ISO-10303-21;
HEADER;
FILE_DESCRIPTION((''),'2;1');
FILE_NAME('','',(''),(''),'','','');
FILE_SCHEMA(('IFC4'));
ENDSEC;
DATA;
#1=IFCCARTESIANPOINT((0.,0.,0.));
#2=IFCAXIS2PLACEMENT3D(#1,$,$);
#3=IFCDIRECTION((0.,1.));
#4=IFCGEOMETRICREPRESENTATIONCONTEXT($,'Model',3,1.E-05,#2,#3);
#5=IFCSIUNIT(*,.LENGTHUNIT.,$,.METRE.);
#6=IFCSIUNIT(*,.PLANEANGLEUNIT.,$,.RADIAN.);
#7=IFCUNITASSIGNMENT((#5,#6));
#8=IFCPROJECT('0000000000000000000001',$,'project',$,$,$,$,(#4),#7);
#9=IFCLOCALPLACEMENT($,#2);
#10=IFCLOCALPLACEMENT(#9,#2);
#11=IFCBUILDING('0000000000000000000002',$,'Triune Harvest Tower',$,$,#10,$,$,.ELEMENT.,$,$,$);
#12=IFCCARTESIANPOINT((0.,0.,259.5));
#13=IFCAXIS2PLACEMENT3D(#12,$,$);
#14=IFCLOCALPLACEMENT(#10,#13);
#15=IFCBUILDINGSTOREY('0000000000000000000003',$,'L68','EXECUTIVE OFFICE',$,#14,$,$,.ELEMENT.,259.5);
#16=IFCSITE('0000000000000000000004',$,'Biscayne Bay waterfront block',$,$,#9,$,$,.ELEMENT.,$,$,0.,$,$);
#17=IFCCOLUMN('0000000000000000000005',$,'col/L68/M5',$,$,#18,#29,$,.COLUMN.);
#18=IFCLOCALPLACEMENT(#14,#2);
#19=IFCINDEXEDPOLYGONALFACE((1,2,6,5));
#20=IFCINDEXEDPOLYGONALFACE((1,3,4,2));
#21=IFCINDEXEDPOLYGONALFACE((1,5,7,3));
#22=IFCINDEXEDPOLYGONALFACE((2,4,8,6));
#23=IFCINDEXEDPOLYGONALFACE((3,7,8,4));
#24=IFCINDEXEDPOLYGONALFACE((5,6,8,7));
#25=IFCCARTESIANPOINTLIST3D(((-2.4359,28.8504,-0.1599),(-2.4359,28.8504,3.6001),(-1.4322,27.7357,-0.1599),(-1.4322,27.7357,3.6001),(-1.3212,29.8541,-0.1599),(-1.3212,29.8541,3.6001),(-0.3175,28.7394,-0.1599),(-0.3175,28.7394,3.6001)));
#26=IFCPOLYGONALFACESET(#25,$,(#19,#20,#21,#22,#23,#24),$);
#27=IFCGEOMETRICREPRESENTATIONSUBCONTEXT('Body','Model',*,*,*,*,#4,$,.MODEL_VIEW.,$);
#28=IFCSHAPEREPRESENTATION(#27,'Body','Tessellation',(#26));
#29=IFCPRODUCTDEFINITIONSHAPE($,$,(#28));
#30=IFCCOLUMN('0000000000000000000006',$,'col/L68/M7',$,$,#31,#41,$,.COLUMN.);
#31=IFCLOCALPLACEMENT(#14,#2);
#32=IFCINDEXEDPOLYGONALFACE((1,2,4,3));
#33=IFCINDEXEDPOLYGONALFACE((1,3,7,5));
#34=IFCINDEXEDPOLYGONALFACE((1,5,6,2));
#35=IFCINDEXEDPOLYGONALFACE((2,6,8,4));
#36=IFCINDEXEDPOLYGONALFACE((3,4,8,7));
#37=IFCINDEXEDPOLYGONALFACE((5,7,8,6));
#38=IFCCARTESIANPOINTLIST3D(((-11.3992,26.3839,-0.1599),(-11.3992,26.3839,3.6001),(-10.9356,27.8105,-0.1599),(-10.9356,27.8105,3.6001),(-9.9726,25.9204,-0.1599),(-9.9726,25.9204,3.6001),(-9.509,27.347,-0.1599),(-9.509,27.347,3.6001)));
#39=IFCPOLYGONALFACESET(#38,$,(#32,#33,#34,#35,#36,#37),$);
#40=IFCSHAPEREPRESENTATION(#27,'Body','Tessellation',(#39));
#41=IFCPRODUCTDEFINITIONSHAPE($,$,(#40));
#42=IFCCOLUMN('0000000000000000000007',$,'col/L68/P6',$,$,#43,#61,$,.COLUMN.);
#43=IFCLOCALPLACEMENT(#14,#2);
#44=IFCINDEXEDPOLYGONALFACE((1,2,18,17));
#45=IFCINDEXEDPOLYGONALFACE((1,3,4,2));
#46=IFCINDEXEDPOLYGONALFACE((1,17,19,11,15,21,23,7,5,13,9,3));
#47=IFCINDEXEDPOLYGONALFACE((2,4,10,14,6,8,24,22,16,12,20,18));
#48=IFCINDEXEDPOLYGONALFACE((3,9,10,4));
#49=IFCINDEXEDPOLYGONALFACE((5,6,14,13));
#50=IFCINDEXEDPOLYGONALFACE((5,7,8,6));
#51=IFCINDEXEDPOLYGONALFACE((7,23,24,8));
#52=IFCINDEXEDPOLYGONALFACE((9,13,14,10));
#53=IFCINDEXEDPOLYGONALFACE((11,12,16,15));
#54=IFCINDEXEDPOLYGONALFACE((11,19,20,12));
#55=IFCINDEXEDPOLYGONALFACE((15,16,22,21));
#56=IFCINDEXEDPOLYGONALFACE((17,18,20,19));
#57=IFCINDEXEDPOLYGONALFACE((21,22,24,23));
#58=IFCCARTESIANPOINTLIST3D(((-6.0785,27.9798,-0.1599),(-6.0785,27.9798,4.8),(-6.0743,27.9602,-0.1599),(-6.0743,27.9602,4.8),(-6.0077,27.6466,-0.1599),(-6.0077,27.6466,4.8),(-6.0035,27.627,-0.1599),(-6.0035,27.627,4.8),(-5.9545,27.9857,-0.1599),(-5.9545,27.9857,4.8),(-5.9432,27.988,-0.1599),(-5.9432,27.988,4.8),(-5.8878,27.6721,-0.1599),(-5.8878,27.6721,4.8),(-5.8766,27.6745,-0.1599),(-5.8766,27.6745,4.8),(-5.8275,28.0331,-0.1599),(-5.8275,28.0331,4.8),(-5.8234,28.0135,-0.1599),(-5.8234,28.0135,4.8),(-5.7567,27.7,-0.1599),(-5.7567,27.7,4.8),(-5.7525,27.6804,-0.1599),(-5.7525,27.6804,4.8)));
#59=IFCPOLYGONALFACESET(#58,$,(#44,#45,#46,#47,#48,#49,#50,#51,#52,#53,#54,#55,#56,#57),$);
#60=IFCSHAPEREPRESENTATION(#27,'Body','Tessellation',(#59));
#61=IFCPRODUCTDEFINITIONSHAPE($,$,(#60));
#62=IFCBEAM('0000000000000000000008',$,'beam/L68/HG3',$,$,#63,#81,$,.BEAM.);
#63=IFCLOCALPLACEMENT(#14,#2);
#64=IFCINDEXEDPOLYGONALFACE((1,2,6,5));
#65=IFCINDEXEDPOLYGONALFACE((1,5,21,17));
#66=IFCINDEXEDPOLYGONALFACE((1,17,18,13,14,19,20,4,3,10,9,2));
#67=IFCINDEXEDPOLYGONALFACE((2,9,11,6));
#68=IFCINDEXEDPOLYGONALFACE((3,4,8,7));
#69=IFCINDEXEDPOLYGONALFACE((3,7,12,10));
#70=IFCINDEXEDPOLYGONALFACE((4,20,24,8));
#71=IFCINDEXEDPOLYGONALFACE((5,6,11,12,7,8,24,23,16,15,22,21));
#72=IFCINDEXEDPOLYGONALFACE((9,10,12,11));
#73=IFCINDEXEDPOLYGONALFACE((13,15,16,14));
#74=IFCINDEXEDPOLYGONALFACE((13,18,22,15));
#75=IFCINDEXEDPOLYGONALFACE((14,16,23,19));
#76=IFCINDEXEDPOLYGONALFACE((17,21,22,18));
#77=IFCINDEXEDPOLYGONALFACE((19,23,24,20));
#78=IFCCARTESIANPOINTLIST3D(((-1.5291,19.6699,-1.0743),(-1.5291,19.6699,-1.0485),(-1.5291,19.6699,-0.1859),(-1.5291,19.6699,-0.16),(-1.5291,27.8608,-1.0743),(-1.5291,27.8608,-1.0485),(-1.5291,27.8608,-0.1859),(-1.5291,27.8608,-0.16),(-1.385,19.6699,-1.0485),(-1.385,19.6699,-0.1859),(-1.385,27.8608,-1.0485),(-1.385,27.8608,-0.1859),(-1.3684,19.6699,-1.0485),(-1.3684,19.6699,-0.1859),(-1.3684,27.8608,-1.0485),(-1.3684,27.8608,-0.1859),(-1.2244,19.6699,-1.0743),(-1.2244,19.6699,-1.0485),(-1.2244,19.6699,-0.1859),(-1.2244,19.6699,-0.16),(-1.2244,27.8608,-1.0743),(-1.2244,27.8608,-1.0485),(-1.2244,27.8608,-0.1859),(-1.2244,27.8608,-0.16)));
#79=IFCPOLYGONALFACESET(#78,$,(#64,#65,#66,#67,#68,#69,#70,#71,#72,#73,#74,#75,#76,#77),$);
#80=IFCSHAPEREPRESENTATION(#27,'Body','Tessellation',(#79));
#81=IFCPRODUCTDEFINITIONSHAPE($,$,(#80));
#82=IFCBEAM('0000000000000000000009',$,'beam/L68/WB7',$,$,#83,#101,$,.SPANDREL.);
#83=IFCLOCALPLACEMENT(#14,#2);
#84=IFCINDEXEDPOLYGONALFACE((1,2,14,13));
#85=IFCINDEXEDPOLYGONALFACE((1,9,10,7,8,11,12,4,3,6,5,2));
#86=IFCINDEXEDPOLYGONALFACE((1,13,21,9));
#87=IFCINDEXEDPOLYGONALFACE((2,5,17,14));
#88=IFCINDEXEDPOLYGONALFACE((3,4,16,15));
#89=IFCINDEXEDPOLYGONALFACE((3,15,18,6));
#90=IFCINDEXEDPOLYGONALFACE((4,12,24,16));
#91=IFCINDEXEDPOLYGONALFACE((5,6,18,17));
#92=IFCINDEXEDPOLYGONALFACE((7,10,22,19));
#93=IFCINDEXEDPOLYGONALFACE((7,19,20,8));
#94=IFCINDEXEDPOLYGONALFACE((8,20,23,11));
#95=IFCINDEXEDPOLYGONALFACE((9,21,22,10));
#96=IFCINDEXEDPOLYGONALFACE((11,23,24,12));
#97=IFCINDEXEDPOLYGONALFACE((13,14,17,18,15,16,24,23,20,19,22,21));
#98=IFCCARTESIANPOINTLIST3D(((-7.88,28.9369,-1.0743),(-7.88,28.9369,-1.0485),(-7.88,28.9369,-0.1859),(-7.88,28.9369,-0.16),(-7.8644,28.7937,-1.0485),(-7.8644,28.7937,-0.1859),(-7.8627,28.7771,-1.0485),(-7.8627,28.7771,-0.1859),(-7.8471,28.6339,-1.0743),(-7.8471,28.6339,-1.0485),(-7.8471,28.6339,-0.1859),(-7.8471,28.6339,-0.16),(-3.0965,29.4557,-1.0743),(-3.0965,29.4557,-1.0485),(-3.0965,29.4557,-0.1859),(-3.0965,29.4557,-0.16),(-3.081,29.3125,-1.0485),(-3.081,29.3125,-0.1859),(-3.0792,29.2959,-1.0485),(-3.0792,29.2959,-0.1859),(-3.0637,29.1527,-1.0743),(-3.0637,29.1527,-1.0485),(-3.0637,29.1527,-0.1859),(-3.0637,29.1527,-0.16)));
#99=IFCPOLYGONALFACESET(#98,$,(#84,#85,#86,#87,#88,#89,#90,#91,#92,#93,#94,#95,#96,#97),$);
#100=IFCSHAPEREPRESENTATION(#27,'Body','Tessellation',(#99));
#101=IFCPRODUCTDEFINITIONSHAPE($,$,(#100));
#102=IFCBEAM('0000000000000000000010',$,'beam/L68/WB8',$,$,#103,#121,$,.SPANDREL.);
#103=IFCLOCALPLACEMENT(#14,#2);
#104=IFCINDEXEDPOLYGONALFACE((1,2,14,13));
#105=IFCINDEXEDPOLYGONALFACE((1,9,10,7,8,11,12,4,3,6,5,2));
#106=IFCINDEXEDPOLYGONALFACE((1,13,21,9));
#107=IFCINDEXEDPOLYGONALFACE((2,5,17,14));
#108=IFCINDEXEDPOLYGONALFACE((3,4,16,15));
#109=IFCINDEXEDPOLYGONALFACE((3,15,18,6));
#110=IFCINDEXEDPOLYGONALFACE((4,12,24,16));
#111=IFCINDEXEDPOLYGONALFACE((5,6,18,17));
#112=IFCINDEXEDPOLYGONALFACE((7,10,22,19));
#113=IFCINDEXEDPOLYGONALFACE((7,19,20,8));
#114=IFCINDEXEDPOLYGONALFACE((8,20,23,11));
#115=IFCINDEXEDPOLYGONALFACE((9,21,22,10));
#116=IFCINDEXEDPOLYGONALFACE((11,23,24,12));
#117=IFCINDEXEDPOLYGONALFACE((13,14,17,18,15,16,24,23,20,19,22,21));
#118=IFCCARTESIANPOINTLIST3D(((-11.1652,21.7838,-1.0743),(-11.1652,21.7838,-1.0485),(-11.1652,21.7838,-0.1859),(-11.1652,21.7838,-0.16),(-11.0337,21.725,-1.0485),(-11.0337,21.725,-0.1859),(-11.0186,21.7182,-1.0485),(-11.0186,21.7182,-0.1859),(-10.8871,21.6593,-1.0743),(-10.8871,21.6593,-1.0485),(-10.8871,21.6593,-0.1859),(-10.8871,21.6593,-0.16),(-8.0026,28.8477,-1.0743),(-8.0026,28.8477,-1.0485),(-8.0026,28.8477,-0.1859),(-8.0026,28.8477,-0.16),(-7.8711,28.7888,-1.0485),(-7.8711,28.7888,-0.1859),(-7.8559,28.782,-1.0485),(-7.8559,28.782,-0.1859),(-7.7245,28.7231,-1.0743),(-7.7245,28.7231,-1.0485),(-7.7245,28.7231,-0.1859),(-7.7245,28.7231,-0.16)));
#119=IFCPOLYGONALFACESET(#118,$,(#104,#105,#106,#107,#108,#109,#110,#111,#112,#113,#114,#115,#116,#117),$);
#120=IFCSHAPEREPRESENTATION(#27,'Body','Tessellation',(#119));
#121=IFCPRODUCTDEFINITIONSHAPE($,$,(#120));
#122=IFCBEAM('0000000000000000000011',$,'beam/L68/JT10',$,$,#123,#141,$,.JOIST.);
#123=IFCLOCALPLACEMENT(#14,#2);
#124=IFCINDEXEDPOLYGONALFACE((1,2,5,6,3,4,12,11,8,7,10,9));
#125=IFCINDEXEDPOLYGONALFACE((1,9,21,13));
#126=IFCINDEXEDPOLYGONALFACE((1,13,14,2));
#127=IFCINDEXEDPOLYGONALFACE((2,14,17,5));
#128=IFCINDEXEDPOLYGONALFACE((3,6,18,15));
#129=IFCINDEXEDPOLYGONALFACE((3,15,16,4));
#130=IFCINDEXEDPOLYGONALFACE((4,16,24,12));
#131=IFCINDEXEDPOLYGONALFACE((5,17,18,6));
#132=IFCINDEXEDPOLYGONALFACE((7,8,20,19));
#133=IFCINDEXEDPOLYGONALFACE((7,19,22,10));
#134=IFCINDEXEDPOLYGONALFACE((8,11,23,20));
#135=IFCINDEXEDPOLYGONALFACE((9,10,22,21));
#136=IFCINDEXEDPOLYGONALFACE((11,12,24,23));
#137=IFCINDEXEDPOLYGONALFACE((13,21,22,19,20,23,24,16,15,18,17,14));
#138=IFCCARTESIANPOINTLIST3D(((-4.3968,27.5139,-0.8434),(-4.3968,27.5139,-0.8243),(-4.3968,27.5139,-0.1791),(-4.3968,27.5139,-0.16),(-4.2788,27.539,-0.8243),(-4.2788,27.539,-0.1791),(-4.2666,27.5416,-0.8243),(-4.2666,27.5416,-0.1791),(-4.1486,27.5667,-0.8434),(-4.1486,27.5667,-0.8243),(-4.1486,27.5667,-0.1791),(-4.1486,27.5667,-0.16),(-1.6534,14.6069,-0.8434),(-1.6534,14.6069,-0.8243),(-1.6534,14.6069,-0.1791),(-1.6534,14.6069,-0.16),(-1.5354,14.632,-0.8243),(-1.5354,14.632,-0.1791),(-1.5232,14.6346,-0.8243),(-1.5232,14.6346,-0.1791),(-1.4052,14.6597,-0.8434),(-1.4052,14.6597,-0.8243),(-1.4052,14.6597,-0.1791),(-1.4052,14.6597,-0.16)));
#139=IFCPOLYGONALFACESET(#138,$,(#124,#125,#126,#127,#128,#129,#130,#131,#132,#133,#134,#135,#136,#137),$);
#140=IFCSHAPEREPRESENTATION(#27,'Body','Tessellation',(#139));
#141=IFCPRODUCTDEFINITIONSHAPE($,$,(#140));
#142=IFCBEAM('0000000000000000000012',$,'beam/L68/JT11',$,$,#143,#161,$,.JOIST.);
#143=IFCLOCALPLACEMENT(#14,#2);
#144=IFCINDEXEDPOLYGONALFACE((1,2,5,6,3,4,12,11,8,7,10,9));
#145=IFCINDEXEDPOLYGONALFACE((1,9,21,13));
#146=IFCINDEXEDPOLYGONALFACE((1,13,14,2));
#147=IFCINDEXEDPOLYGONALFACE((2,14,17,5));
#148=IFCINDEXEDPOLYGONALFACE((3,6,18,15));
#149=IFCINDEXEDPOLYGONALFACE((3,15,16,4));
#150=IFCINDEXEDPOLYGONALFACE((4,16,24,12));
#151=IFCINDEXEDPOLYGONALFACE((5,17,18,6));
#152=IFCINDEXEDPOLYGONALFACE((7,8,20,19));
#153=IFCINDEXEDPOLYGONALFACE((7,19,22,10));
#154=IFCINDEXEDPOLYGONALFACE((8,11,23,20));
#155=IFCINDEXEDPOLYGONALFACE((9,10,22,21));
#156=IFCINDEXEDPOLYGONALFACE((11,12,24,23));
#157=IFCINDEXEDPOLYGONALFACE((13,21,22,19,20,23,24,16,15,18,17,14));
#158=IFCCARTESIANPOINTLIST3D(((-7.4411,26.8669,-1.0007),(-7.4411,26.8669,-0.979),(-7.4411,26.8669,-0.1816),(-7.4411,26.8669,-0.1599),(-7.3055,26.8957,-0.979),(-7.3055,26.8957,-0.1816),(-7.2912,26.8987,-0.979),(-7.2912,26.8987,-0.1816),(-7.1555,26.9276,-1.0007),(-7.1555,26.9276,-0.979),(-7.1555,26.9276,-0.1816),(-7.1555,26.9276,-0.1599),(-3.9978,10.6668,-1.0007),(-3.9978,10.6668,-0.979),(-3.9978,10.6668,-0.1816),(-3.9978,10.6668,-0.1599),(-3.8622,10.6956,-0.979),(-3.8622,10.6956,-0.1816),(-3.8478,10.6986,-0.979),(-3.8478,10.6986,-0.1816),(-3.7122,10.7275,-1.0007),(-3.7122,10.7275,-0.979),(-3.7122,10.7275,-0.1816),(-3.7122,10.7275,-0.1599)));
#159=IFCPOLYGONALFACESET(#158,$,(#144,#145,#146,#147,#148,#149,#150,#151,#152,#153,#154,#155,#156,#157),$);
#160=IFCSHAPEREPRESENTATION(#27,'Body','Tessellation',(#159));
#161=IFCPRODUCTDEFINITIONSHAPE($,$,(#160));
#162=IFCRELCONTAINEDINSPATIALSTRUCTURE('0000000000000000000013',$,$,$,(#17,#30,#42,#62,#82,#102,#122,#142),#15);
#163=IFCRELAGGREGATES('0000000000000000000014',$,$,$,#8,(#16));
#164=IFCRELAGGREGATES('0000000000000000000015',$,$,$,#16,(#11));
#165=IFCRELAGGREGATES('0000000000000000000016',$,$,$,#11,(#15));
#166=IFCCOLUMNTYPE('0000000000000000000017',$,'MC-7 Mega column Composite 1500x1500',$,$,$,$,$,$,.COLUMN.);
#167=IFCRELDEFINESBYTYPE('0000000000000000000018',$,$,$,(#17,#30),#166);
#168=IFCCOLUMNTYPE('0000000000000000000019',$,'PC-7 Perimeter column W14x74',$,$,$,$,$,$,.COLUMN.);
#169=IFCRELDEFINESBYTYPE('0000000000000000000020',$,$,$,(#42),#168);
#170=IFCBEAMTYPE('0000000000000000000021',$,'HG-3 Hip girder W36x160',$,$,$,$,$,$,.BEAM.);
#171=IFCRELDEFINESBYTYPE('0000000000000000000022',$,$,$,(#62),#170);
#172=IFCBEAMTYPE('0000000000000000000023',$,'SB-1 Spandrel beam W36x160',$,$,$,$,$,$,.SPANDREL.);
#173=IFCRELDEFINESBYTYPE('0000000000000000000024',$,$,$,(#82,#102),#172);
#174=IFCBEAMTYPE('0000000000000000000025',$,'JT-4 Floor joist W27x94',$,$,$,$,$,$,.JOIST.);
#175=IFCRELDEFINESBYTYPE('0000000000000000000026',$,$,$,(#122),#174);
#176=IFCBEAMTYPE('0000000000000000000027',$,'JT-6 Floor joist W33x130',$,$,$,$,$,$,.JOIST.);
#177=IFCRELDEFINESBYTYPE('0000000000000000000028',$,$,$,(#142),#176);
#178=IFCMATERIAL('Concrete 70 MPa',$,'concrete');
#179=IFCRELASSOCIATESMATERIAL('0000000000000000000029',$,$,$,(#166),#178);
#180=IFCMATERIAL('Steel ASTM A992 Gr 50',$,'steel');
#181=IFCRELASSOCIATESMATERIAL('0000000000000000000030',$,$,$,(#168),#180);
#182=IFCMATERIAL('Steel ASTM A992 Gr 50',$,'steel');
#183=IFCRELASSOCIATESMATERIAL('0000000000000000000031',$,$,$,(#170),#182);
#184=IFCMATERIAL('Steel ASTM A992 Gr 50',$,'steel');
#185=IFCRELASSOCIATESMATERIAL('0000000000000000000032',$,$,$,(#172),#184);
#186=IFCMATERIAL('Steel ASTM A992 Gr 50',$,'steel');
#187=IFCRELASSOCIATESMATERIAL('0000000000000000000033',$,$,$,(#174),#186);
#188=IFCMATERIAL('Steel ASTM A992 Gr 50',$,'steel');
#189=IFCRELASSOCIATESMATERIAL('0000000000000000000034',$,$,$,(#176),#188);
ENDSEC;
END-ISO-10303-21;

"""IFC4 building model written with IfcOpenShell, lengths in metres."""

from ifc_helpers import new_model, si_unit, direction, frame, origin, origin_2d, place, context, subcontext, project, spatial, rectangle, i_section, extrude, source, transform, mapped, material, material_profile, profile_set, type_object, element, save


model = new_model("IFC4")

# Units and contexts
model_context = context("Model", 3, precision=1e-05, world=origin(), true_north=direction((0.0, 1.0)))
body_context = subcontext(model_context, "Body", "Model", "MODEL_VIEW")
ifc_project = project(units=[si_unit("LENGTHUNIT", "METRE"), si_unit("PLANEANGLEUNIT", "RADIAN")], contexts=[model_context])

# Site, building, storey
site_placement = place(None, origin())
site = spatial("IfcSite", under=ifc_project, at=site_placement, Name="Biscayne Bay waterfront block", CompositionType="ELEMENT", RefElevation=0.0)
building_placement = place(site_placement, origin())
building = spatial("IfcBuilding", under=site, at=building_placement, Name="Triune Harvest Tower", CompositionType="ELEMENT")
storey_placement = place(building_placement, frame((0.0, 0.0, 259.5)))
storey = spatial("IfcBuildingStorey", under=building, at=storey_placement, Name="L68", Description="EXECUTIVE OFFICE", CompositionType="ELEMENT", Elevation=259.5)

# Columns
ifc_material_1 = material(Name="Concrete 70 MPa", Category="concrete")
ifc_material_profile_1 = material_profile(ifc_material_1, rectangle(XDim=1.5, YDim=1.5, at=origin_2d()), Name="Composite 1500x1500")
ifc_profile_set_1 = profile_set([ifc_material_profile_1], Name="Concrete 70 MPa")
column_type_1 = type_object("IfcColumnType", Name="MC-7 Mega column Composite 1500x1500", PredefinedType="COLUMN", material=ifc_profile_set_1)
shared_shape_1 = source(origin(), body_context, "Body", "SweptSolid", [
    extrude(rectangle(XDim=1.5, YDim=1.5, at=origin_2d()), origin(), (0.0, 0.0, 1.0), 3.76),
])
for number, where, z_axis, x_axis, name in (
    (1, (-1.3767, 28.7949, -0.1599), (0.0, 0.0, 1.0), (-0.669131, 0.743145, 0.0), "col/L68/M5"),
    (2, (-10.4541, 26.8655, -0.1599), (0.0, 0.0, 1.0), (-0.309015, -0.951057, 0.0), "col/L68/M7"),
):
    element("IfcColumn", number, at=place(storey_placement, frame(where, z_axis=z_axis, x_axis=x_axis)), inside=storey, type_object=column_type_1, Name=name, PredefinedType="COLUMN", context=body_context, shape_type="MappedRepresentation", body=[
        mapped(shared_shape_1, transform((0.0, 0.0, 0.0), scale=1.0)),
    ])
ifc_material_2 = material(Name="Steel ASTM A992 Gr 50", Category="steel")
ifc_material_profile_2 = material_profile(ifc_material_2, i_section(OverallWidth=0.2566, OverallDepth=0.3606, WebThickness=0.0115, FlangeThickness=0.02, at=origin_2d()), Name="W14x74")
ifc_profile_set_2 = profile_set([ifc_material_profile_2], Name="Steel ASTM A992 Gr 50")
column_type_2 = type_object("IfcColumnType", Name="PC-7 Perimeter column W14x74", PredefinedType="COLUMN", material=ifc_profile_set_2)
shared_shape_2 = source(origin(), body_context, "Body", "SweptSolid", [
    extrude(i_section(OverallWidth=0.2566, OverallDepth=0.3606, WebThickness=0.0115, FlangeThickness=0.02, at=origin_2d()), origin(), (0.0, 0.0, 1.0), 4.96),
])
column_placement = place(storey_placement, frame((-5.9155, 27.8301, -0.1599), z_axis=(0.0, 0.0, 1.0), x_axis=(-0.978148, -0.207912, 0.0)))
element("IfcColumn", 3, at=column_placement, inside=storey, type_object=column_type_2, Name="col/L68/P6", PredefinedType="COLUMN", context=body_context, shape_type="MappedRepresentation", body=[
    mapped(shared_shape_2, transform((0.0, 0.0, 0.0), scale=1.0)),
])

# Beams
ifc_material_3 = material(Name="Steel ASTM A992 Gr 50", Category="steel")
ifc_material_profile_3 = material_profile(ifc_material_3, i_section(OverallWidth=0.3047, OverallDepth=0.9143, WebThickness=0.0166, FlangeThickness=0.0259, at=origin_2d()), Name="W36x160")
ifc_profile_set_3 = profile_set([ifc_material_profile_3], Name="Steel ASTM A992 Gr 50")
beam_type_1 = type_object("IfcBeamType", Name="HG-3 Hip girder W36x160", PredefinedType="BEAM", material=ifc_profile_set_3)
beam_1_placement = place(storey_placement, frame((-1.3767, 27.8608, -0.6172), z_axis=(0.0, -1.0, 0.0), x_axis=(1.0, 0.0, 0.0)))
element("IfcBeam", 4, at=beam_1_placement, inside=storey, type_object=beam_type_1, Name="beam/L68/HG3", PredefinedType="BEAM", context=body_context, shape_type="SweptSolid", body=[
    extrude(i_section(OverallWidth=0.3047, OverallDepth=0.9143, WebThickness=0.0166, FlangeThickness=0.0259, at=origin_2d()), origin(), (0.0, 0.0, 1.0), 8.1909),
])
ifc_material_4 = material(Name="Steel ASTM A992 Gr 50", Category="steel")
ifc_material_profile_4 = material_profile(ifc_material_4, i_section(OverallWidth=0.3047, OverallDepth=0.9143, WebThickness=0.0166, FlangeThickness=0.0259, at=origin_2d()), Name="W36x160")
ifc_profile_set_4 = profile_set([ifc_material_profile_4], Name="Steel ASTM A992 Gr 50")
beam_type_2 = type_object("IfcBeamType", Name="SB-1 Spandrel beam W36x160", PredefinedType="SPANDREL", material=ifc_profile_set_4)
beam_2_placement = place(storey_placement, frame((-3.0801, 29.3042, -0.6172), z_axis=(-0.99417, -0.107825, 0.0), x_axis=(0.107825, -0.99417, 0.0)))
element("IfcBeam", 5, at=beam_2_placement, inside=storey, type_object=beam_type_2, Name="beam/L68/WB7", PredefinedType="SPANDREL", context=body_context, shape_type="SweptSolid", body=[
    extrude(i_section(OverallWidth=0.3047, OverallDepth=0.9143, WebThickness=0.0166, FlangeThickness=0.0259, at=origin_2d()), origin(), (0.0, 0.0, 1.0), 4.8115),
])
shared_shape_3 = source(origin(), body_context, "Body", "SweptSolid", [
    extrude(i_section(OverallWidth=0.3047, OverallDepth=0.9143, WebThickness=0.0166, FlangeThickness=0.0259, at=origin_2d()), origin(), (0.0, 0.0, 1.0), 7.7395),
])
beam_3_placement = place(storey_placement, frame((-7.8635, 28.7854, -0.6172), z_axis=(-0.408636, -0.912697, 0.0), x_axis=(0.912697, -0.408636, 0.0)))
element("IfcBeam", 6, at=beam_3_placement, inside=storey, type_object=beam_type_2, Name="beam/L68/WB8", PredefinedType="SPANDREL", context=body_context, shape_type="MappedRepresentation", body=[
    mapped(shared_shape_3, transform((0.0, 0.0, 0.0), scale=1.0)),
])
ifc_material_5 = material(Name="Steel ASTM A992 Gr 50", Category="steel")
ifc_material_profile_5 = material_profile(ifc_material_5, i_section(OverallWidth=0.2537, OverallDepth=0.6833, WebThickness=0.0125, FlangeThickness=0.019, at=origin_2d()), Name="W27x94")
ifc_profile_set_5 = profile_set([ifc_material_profile_5], Name="Steel ASTM A992 Gr 50")
beam_type_3 = type_object("IfcBeamType", Name="JT-4 Floor joist W27x94", PredefinedType="JOIST", material=ifc_profile_set_5)
shared_shape_4 = source(origin(), body_context, "Body", "SweptSolid", [
    extrude(i_section(OverallWidth=0.2537, OverallDepth=0.6833, WebThickness=0.0125, FlangeThickness=0.019, at=origin_2d()), origin(), (0.0, 0.0, 1.0), 13.1953),
])
beam_4_placement = place(storey_placement, frame((-4.2727, 27.5403, -0.5017), z_axis=(0.207908, -0.978148, 0.0), x_axis=(0.978148, 0.207908, 0.0)))
element("IfcBeam", 7, at=beam_4_placement, inside=storey, type_object=beam_type_3, Name="beam/L68/JT10", PredefinedType="JOIST", context=body_context, shape_type="MappedRepresentation", body=[
    mapped(shared_shape_4, transform((0.0, 0.0, 0.0), scale=1.0)),
])
ifc_material_6 = material(Name="Steel ASTM A992 Gr 50", Category="steel")
ifc_material_profile_6 = material_profile(ifc_material_6, i_section(OverallWidth=0.292, OverallDepth=0.8408, WebThickness=0.0146, FlangeThickness=0.0217, at=origin_2d()), Name="W33x130")
ifc_profile_set_6 = profile_set([ifc_material_profile_6], Name="Steel ASTM A992 Gr 50")
beam_type_4 = type_object("IfcBeamType", Name="JT-6 Floor joist W33x130", PredefinedType="JOIST", material=ifc_profile_set_6)
shared_shape_5 = source(origin(), body_context, "Body", "SweptSolid", [
    extrude(i_section(OverallWidth=0.292, OverallDepth=0.8408, WebThickness=0.0146, FlangeThickness=0.0217, at=origin_2d()), origin(), (0.0, 0.0, 1.0), 16.562),
])
beam_5_placement = place(storey_placement, frame((-7.2983, 26.8972, -0.5803), z_axis=(0.207906, -0.978149, 0.0), x_axis=(0.978149, 0.207906, 0.0)))
element("IfcBeam", 8, at=beam_5_placement, inside=storey, type_object=beam_type_4, Name="beam/L68/JT11", PredefinedType="JOIST", context=body_context, shape_type="MappedRepresentation", body=[
    mapped(shared_shape_5, transform((0.0, 0.0, 0.0), scale=1.0)),
])

save(model, "model.ifc")
